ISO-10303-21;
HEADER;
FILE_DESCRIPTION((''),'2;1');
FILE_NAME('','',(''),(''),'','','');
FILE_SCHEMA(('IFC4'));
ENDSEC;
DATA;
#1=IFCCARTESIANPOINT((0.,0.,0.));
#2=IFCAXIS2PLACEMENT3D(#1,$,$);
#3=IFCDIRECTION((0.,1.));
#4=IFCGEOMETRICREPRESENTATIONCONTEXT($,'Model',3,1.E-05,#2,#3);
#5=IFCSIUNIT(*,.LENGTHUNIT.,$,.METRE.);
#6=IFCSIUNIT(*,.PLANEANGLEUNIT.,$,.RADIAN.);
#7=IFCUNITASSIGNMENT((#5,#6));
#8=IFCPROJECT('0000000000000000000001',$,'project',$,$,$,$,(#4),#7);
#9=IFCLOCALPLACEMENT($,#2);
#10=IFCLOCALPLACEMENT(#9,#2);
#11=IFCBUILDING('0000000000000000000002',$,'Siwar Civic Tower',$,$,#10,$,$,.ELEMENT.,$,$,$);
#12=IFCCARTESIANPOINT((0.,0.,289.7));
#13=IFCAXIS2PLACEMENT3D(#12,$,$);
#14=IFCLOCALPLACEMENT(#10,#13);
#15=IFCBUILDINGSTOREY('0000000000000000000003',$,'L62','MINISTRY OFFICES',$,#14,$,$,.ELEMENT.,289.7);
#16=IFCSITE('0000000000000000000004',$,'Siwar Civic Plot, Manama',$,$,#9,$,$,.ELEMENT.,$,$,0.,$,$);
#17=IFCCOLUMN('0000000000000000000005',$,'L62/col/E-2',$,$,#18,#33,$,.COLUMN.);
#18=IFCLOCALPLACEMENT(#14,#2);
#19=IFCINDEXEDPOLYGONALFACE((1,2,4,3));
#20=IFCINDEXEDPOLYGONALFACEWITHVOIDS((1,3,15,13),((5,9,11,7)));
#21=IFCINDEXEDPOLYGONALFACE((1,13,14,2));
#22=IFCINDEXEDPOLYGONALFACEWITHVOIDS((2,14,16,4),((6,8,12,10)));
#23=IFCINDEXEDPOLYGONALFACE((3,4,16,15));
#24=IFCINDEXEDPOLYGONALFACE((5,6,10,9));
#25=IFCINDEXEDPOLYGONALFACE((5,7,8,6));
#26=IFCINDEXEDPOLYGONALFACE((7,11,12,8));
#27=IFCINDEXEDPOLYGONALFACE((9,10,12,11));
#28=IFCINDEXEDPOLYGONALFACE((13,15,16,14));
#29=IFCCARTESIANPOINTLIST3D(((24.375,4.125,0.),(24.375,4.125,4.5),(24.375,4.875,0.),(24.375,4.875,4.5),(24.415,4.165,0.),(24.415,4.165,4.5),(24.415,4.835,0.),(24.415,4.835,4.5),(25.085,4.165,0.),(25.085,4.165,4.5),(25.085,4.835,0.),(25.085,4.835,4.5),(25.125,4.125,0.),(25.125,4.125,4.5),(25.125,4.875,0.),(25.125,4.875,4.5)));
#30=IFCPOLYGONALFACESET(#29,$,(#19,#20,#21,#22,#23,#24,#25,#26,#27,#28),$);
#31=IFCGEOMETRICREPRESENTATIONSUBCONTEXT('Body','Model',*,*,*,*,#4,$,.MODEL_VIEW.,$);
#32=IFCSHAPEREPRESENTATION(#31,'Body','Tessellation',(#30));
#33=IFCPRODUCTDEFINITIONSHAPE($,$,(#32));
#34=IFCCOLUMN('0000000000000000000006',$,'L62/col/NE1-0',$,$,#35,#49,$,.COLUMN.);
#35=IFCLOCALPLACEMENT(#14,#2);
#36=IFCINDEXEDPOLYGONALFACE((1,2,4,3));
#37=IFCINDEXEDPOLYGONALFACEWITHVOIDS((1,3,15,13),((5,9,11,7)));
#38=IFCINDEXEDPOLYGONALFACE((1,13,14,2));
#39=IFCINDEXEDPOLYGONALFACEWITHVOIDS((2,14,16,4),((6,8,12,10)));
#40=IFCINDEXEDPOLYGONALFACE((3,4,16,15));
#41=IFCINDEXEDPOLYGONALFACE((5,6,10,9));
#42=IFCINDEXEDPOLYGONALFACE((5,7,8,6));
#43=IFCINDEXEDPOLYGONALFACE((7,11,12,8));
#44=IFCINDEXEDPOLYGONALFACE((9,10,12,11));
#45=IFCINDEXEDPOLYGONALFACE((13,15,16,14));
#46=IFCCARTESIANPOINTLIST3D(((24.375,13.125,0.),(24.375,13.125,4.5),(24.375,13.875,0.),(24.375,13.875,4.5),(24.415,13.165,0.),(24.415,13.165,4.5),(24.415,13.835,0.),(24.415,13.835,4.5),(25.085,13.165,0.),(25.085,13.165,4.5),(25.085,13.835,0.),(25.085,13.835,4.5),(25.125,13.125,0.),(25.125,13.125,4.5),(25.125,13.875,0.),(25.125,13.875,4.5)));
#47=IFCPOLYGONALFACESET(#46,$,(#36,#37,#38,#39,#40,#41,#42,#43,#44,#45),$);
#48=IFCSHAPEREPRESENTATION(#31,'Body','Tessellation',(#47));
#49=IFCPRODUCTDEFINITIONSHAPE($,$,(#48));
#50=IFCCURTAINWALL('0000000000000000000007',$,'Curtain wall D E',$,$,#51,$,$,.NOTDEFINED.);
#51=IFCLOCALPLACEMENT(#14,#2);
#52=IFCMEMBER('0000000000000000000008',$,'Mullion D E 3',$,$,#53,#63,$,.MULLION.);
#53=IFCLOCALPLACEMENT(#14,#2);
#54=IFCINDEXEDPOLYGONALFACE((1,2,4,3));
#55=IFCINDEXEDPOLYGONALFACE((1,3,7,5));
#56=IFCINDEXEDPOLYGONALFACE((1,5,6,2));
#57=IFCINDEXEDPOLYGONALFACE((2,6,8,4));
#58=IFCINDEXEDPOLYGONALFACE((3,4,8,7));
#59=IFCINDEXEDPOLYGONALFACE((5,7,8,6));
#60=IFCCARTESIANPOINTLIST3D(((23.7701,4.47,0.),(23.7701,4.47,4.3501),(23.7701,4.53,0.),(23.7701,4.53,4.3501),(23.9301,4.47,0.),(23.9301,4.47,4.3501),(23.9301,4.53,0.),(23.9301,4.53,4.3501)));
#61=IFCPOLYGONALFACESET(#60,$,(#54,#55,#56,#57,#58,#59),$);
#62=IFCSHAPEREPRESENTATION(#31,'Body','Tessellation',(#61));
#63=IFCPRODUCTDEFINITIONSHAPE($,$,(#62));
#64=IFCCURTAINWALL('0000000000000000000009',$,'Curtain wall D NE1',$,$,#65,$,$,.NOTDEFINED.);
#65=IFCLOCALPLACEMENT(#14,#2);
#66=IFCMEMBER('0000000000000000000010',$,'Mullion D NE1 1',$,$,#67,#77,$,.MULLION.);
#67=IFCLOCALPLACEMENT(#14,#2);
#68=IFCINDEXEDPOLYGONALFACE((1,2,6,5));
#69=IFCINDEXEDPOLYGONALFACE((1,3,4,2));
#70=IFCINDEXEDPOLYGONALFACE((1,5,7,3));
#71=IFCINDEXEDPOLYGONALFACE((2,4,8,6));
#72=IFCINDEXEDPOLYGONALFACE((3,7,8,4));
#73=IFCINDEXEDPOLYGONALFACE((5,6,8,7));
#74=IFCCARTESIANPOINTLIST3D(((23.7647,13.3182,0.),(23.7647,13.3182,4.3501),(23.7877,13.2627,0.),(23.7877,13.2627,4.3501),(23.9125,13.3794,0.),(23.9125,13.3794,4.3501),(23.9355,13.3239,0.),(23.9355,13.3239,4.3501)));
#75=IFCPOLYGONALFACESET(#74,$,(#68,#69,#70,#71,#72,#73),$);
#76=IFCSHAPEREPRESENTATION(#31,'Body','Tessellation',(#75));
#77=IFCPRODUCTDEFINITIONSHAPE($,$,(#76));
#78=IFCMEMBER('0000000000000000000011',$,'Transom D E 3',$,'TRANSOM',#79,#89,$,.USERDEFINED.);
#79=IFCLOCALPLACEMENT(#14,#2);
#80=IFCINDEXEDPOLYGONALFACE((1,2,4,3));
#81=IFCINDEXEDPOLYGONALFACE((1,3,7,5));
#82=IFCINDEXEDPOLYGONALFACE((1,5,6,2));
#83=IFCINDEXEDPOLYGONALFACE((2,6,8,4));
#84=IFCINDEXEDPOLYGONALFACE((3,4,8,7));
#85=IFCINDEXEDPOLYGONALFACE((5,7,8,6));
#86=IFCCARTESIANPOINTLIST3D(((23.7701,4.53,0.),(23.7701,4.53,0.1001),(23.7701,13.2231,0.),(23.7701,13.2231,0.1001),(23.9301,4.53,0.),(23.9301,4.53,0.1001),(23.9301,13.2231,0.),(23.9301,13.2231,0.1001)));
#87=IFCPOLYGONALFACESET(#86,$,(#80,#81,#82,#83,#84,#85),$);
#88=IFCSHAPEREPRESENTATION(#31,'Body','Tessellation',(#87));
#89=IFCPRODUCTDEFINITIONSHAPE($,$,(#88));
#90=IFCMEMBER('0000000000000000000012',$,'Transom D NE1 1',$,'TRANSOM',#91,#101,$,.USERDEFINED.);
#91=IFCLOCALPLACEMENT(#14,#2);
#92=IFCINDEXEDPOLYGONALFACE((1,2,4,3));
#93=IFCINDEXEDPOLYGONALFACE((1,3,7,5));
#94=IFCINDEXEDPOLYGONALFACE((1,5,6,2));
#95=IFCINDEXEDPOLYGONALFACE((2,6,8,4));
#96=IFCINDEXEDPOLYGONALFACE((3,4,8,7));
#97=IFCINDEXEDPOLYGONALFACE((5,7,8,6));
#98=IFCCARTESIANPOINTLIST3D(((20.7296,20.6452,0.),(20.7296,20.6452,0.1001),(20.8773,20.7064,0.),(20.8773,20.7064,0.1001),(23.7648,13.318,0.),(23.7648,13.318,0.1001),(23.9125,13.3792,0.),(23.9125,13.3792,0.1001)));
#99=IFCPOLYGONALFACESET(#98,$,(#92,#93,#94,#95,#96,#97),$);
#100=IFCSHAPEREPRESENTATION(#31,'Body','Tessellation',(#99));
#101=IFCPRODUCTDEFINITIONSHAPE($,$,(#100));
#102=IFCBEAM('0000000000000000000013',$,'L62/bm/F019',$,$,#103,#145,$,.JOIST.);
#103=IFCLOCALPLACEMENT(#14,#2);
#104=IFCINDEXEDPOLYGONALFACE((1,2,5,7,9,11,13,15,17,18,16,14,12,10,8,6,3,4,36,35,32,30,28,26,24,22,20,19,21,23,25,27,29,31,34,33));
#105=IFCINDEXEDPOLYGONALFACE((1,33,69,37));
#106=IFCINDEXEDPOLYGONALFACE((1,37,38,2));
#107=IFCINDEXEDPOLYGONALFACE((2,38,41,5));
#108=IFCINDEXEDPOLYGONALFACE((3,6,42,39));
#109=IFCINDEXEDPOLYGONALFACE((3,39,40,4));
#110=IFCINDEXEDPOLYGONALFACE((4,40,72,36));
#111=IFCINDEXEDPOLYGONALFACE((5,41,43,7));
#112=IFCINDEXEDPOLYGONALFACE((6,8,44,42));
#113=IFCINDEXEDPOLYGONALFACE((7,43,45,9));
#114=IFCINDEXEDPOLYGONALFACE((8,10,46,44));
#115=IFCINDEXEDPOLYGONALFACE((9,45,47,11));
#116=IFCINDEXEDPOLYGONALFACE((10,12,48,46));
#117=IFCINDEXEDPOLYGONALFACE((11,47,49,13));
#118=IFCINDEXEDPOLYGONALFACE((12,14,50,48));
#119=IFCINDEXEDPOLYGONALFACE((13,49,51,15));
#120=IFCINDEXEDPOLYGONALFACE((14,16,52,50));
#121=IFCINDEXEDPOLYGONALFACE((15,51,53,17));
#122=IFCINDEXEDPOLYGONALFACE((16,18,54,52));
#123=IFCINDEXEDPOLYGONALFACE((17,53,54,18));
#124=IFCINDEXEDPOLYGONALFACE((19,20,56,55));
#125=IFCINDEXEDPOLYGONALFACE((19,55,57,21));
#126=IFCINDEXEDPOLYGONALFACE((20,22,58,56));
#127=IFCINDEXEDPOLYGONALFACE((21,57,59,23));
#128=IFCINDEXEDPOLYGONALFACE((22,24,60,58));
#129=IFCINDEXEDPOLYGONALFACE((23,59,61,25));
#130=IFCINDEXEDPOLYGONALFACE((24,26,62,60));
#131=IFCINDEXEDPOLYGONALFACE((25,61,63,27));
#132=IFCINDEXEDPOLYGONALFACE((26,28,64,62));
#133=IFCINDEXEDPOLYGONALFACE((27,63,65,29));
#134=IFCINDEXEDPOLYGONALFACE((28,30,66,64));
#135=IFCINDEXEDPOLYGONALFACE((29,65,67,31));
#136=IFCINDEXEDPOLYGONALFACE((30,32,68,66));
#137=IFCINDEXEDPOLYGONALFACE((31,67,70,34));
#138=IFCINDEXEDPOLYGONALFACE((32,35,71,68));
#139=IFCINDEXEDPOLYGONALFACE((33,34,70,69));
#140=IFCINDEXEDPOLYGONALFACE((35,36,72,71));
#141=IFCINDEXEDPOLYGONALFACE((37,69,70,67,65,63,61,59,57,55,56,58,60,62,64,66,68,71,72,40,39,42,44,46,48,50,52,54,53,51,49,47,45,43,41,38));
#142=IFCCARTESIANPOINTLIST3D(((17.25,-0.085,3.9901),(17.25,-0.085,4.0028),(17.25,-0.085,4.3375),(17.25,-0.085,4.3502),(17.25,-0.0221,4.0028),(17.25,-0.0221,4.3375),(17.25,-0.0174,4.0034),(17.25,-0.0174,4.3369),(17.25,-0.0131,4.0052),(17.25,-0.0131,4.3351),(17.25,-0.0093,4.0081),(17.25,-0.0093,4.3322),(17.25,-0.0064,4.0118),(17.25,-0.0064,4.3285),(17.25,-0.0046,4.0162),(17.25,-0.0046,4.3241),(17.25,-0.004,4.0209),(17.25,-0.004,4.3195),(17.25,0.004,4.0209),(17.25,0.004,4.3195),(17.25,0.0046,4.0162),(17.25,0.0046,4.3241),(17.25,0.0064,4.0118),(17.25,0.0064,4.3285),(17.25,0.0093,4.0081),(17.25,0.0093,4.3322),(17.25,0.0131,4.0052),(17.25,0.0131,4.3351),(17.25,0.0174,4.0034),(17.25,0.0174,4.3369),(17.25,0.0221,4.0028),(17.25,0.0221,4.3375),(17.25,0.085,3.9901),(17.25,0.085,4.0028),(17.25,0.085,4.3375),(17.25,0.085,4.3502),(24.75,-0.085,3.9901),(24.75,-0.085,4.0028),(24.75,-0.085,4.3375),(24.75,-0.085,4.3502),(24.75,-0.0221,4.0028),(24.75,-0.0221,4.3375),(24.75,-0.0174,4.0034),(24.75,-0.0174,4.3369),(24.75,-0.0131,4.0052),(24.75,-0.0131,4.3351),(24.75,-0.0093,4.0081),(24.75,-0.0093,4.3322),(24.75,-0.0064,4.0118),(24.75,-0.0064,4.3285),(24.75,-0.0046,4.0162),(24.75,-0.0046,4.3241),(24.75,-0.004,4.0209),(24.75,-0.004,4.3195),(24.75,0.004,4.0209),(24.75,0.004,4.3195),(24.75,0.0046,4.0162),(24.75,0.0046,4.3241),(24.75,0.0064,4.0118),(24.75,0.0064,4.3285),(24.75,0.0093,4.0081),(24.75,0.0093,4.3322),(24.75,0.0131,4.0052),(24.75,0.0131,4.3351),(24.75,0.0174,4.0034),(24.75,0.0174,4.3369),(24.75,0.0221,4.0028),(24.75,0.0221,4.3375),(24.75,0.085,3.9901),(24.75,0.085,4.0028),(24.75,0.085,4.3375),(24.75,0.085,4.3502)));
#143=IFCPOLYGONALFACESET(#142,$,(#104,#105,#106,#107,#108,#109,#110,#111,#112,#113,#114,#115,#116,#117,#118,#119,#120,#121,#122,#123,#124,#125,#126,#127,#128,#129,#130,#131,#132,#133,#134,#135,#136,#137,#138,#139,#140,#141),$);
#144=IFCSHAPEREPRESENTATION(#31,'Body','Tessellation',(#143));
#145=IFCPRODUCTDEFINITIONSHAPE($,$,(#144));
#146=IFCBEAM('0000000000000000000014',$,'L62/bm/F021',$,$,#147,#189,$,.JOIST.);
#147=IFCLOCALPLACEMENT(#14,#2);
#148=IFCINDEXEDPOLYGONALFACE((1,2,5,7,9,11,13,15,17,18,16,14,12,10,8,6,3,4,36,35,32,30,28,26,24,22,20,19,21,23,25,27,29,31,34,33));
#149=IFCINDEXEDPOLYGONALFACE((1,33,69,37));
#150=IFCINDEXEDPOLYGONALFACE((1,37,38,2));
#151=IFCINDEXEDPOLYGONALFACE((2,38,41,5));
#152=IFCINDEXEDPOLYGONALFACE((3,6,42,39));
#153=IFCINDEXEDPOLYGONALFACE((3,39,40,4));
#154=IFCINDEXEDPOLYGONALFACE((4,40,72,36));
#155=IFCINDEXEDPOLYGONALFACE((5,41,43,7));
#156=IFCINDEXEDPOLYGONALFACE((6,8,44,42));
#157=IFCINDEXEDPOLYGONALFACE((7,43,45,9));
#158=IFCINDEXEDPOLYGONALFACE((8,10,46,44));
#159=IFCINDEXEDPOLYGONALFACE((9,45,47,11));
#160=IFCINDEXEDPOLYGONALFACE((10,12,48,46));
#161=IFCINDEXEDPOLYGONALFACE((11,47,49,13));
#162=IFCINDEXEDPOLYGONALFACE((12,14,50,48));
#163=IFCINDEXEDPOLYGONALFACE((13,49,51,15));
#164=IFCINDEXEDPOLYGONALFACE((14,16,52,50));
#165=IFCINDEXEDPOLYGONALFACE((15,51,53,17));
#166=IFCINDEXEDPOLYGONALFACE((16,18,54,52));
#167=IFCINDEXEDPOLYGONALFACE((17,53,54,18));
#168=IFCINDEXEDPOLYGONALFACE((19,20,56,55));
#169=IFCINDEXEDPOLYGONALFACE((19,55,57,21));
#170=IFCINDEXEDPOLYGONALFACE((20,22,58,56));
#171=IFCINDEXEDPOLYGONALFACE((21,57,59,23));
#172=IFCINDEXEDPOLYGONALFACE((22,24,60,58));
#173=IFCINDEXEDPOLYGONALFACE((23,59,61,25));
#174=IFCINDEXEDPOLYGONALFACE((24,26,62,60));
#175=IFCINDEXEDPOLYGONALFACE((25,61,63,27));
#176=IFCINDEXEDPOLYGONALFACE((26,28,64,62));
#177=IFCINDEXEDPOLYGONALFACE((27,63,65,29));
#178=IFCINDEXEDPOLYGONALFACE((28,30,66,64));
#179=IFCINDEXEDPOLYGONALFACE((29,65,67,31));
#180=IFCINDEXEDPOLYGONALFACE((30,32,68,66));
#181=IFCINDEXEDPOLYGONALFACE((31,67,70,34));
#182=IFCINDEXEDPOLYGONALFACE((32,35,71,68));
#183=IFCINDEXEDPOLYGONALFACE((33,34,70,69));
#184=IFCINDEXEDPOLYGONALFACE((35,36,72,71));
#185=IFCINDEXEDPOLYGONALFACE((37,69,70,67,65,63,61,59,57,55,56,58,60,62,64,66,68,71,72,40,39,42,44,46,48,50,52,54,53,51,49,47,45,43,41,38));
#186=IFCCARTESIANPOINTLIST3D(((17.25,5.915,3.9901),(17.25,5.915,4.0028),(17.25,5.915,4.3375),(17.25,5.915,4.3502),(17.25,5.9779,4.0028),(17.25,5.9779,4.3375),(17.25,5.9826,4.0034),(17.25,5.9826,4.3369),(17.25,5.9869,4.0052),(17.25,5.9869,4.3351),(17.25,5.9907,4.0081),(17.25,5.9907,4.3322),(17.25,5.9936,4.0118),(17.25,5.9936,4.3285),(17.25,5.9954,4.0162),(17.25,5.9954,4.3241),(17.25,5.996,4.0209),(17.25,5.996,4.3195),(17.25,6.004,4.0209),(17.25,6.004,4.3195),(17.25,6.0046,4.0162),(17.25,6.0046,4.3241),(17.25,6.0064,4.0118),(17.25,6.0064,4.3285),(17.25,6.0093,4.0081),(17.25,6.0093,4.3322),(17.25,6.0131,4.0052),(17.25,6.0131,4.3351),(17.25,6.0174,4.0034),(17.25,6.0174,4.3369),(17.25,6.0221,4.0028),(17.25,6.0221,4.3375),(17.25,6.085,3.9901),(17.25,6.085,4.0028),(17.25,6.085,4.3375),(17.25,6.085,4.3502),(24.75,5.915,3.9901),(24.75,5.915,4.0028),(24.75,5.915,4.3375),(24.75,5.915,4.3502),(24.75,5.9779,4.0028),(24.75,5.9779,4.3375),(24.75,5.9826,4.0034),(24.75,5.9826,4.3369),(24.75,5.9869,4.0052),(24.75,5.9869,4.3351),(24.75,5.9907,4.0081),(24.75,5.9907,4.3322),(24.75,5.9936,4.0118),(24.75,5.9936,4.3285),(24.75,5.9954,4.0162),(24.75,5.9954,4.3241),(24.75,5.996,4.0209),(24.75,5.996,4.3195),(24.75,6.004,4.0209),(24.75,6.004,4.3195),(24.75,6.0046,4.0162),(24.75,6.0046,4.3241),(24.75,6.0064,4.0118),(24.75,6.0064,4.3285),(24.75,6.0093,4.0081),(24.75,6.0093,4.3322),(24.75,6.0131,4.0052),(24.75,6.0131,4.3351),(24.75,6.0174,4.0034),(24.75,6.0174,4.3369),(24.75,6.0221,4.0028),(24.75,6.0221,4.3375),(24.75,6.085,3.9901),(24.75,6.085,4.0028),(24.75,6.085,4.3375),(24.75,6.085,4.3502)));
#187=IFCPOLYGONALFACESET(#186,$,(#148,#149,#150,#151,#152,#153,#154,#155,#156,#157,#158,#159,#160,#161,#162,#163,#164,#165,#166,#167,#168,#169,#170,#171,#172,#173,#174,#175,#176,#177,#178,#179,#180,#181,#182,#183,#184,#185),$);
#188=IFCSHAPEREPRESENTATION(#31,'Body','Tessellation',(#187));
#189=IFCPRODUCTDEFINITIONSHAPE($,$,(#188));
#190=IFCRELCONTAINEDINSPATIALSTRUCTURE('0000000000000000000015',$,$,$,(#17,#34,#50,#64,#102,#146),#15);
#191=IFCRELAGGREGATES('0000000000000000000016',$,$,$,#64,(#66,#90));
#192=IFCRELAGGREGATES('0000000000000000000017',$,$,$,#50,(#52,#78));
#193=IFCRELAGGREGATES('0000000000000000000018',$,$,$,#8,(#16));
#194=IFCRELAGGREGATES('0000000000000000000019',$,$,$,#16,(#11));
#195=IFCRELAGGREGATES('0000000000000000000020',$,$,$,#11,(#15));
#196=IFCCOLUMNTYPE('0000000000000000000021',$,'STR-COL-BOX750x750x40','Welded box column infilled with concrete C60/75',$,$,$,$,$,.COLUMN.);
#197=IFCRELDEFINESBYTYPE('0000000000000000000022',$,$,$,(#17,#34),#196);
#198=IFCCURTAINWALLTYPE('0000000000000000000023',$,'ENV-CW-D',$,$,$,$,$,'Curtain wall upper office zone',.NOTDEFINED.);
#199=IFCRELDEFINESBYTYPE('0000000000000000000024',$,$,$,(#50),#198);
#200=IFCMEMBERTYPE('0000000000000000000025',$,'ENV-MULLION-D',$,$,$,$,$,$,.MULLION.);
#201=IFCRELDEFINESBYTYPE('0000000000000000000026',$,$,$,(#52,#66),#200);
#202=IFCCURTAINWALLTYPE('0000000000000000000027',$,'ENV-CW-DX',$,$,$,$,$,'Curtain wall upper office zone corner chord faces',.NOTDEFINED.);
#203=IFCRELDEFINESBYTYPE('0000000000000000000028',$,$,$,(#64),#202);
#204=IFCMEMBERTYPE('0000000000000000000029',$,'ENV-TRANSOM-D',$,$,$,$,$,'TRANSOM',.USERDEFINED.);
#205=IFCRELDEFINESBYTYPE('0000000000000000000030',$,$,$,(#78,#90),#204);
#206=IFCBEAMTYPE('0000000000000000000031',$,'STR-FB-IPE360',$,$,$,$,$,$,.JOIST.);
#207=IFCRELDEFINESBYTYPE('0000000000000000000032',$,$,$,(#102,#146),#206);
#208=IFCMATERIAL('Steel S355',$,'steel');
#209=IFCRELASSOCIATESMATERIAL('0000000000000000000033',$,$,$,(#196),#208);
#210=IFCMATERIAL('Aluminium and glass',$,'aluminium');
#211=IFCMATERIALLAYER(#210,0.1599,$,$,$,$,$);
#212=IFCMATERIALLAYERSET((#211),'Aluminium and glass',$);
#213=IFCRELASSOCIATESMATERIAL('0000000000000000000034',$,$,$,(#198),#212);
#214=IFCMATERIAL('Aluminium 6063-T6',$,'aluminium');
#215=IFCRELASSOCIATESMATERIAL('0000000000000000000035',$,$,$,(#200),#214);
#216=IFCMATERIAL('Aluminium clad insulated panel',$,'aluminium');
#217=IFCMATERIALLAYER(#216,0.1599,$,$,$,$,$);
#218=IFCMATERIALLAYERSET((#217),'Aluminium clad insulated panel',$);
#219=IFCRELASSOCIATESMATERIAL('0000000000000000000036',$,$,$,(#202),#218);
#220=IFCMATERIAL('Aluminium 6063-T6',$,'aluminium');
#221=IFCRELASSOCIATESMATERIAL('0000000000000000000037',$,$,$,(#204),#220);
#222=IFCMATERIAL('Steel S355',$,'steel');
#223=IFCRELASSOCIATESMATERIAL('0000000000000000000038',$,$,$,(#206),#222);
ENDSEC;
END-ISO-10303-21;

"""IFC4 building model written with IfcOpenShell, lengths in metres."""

from ifc_helpers import new_model, si_unit, direction, frame, origin, origin_2d, place, context, subcontext, project, spatial, rectangle, hollow_rectangle, i_section, extrude, material, layer, layer_set, material_profile, profile_set, type_object, element, aggregate, save


model = new_model("IFC4")

# Units and contexts
model_context = context("Model", 3, precision=1e-05, world=origin(), true_north=direction((0.0, 1.0)))
body_context = subcontext(model_context, "Body", "Model", "MODEL_VIEW")
ifc_project = project(units=[si_unit("LENGTHUNIT", "METRE"), si_unit("PLANEANGLEUNIT", "RADIAN")], contexts=[model_context])

# Site, building, storey
site_placement = place(None, origin())
site = spatial("IfcSite", under=ifc_project, at=site_placement, Name="Siwar Civic Plot, Manama", CompositionType="ELEMENT", RefElevation=0.0)
building_placement = place(site_placement, origin())
building = spatial("IfcBuilding", under=site, at=building_placement, Name="Siwar Civic Tower", CompositionType="ELEMENT")
storey_placement = place(building_placement, frame((0.0, 0.0, 289.7)))
storey = spatial("IfcBuildingStorey", under=building, at=storey_placement, Name="L62", Description="MINISTRY OFFICES", CompositionType="ELEMENT", Elevation=289.7)

# Columns
ifc_material_1 = material(Name="Steel S355", Category="steel")
ifc_material_profile_1 = material_profile(ifc_material_1, hollow_rectangle(XDim=0.75, YDim=0.75, WallThickness=0.04, at=origin_2d()), Name="BOX750x750x40")
ifc_profile_set_1 = profile_set([ifc_material_profile_1], Name="Steel S355")
column_type = type_object("IfcColumnType", Name="STR-COL-BOX750x750x40", Description="Welded box column infilled with concrete C60/75", PredefinedType="COLUMN", material=ifc_profile_set_1)
for number, where, z_axis, x_axis, name in (
    (1, (24.75, 4.5, 0.0), (0.0, 0.0, 1.0), (1.0, 0.0, 0.0), "L62/col/E-2"),
    (2, (24.75, 13.5, 0.0), (0.0, 0.0, 1.0), (1.0, 0.0, 0.0), "L62/col/NE1-0"),
):
    element("IfcColumn", number, at=place(storey_placement, frame(where, z_axis=z_axis, x_axis=x_axis)), inside=storey, type_object=column_type, Name=name, PredefinedType="COLUMN", context=body_context, shape_type="SweptSolid", body=[
        extrude(hollow_rectangle(XDim=0.75, YDim=0.75, WallThickness=0.04, at=origin_2d()), origin(), (0.0, 0.0, 1.0), 4.5),
    ])

# Curtain walls, members
ifc_material_2 = material(Name="Aluminium and glass", Category="aluminium")
ifc_layer_1 = layer(ifc_material_2, 0.1599)
ifc_layer_set_1 = layer_set([ifc_layer_1], Name="Aluminium and glass")
curtain_wall_type_1 = type_object("IfcCurtainWallType", Name="ENV-CW-D", ElementType="Curtain wall upper office zone", PredefinedType="NOTDEFINED", material=ifc_layer_set_1)
curtain_wall_1_placement = place(storey_placement, origin())
curtain_wall_1 = element("IfcCurtainWall", 3, at=curtain_wall_1_placement, inside=storey, type_object=curtain_wall_type_1, Name="Curtain wall D E", PredefinedType="NOTDEFINED")
ifc_material_3 = material(Name="Aluminium 6063-T6", Category="aluminium")
ifc_material_profile_2 = material_profile(ifc_material_3, rectangle(XDim=0.1599, YDim=0.0601, at=origin_2d()), Name="AL 160x60")
ifc_profile_set_2 = profile_set([ifc_material_profile_2], Name="Aluminium 6063-T6")
member_type_1 = type_object("IfcMemberType", Name="ENV-MULLION-D", PredefinedType="MULLION", material=ifc_profile_set_2)
member_1_placement = place(storey_placement, frame((23.8501, 4.5, 0.0), z_axis=(0.0, 0.0, 1.0), x_axis=(-1.0, 0.0, 0.0)))
member_1 = element("IfcMember", 4, at=member_1_placement, type_object=member_type_1, Name="Mullion D E 3", PredefinedType="MULLION", context=body_context, shape_type="SweptSolid", body=[
    extrude(rectangle(XDim=0.1599, YDim=0.0601, at=origin_2d()), origin(), (0.0, 0.0, 1.0), 4.3501),
])
ifc_material_4 = material(Name="Aluminium clad insulated panel", Category="aluminium")
ifc_layer_2 = layer(ifc_material_4, 0.1599)
ifc_layer_set_2 = layer_set([ifc_layer_2], Name="Aluminium clad insulated panel")
curtain_wall_type_2 = type_object("IfcCurtainWallType", Name="ENV-CW-DX", ElementType="Curtain wall upper office zone corner chord faces", PredefinedType="NOTDEFINED", material=ifc_layer_set_2)
curtain_wall_2_placement = place(storey_placement, origin())
curtain_wall_2 = element("IfcCurtainWall", 5, at=curtain_wall_2_placement, inside=storey, type_object=curtain_wall_type_2, Name="Curtain wall D NE1", PredefinedType="NOTDEFINED")
member_2_placement = place(storey_placement, frame((23.8501, 13.321, 0.0), z_axis=(0.0, 0.0, 1.0), x_axis=(-0.92388, -0.382683, 0.0)))
member_2 = element("IfcMember", 6, at=member_2_placement, type_object=member_type_1, Name="Mullion D NE1 1", PredefinedType="MULLION", context=body_context, shape_type="SweptSolid", body=[
    extrude(rectangle(XDim=0.1599, YDim=0.0601, at=origin_2d()), origin(), (0.0, 0.0, 1.0), 4.3501),
])

# Members
ifc_material_5 = material(Name="Aluminium 6063-T6", Category="aluminium")
ifc_material_profile_3 = material_profile(ifc_material_5, rectangle(XDim=0.1599, YDim=0.1001, at=origin_2d()), Name="AL 160x100")
ifc_profile_set_3 = profile_set([ifc_material_profile_3], Name="Aluminium 6063-T6")
member_type_2 = type_object("IfcMemberType", Name="ENV-TRANSOM-D", ElementType="TRANSOM", PredefinedType="USERDEFINED", material=ifc_profile_set_3)
member_3_placement = place(storey_placement, frame((23.8501, 4.53, 0.05), z_axis=(0.0, 1.0, 0.0), x_axis=(-1.0, 0.0, 0.0)))
member_3 = element("IfcMember", 7, at=member_3_placement, type_object=member_type_2, Name="Transom D E 3", ObjectType="TRANSOM", PredefinedType="USERDEFINED", context=body_context, shape_type="SweptSolid", body=[
    extrude(rectangle(XDim=0.1599, YDim=0.1001, at=origin_2d()), origin(), (0.0, 0.0, 1.0), 8.6931),
])
member_4_placement = place(storey_placement, frame((23.8386, 13.3486, 0.05), z_axis=(-0.3827, 0.923873, 0.0), x_axis=(-0.923873, -0.3827, 0.0)))
member_4 = element("IfcMember", 8, at=member_4_placement, type_object=member_type_2, Name="Transom D NE1 1", ObjectType="TRANSOM", PredefinedType="USERDEFINED", context=body_context, shape_type="SweptSolid", body=[
    extrude(rectangle(XDim=0.1599, YDim=0.1001, at=origin_2d()), origin(), (0.0, 0.0, 1.0), 7.9309),
])
aggregate(curtain_wall_2, [member_2, member_4])

# Beams
ifc_material_6 = material(Name="Steel S355", Category="steel")
ifc_material_profile_4 = material_profile(ifc_material_6, i_section(OverallWidth=0.1699, OverallDepth=0.3601, WebThickness=0.0081, FlangeThickness=0.0127, FilletRadius=0.0181, at=origin_2d()), Name="IPE360")
ifc_profile_set_4 = profile_set([ifc_material_profile_4], Name="Steel S355")
beam_type_1 = type_object("IfcBeamType", Name="STR-FB-IPE360", PredefinedType="JOIST", material=ifc_profile_set_4)
for number, where, z_axis, x_axis, name in (
    (9, (17.25, 0.0, 4.1702), (1.0, 0.0, 0.0), (0.0, 1.0, 0.0), "L62/bm/F019"),
    (10, (17.25, 6.0, 4.1702), (1.0, 0.0, 0.0), (0.0, 1.0, 0.0), "L62/bm/F021"),
):
    element("IfcBeam", number, at=place(storey_placement, frame(where, z_axis=z_axis, x_axis=x_axis)), inside=storey, type_object=beam_type_1, Name=name, PredefinedType="JOIST", context=body_context, shape_type="SweptSolid", body=[
        extrude(i_section(OverallWidth=0.1699, OverallDepth=0.3601, WebThickness=0.0081, FlangeThickness=0.0127, FilletRadius=0.0181, at=origin_2d()), origin(), (0.0, 0.0, 1.0), 7.5),
    ])

aggregate(curtain_wall_1, [member_1, member_3])

save(model, "model.ifc")
